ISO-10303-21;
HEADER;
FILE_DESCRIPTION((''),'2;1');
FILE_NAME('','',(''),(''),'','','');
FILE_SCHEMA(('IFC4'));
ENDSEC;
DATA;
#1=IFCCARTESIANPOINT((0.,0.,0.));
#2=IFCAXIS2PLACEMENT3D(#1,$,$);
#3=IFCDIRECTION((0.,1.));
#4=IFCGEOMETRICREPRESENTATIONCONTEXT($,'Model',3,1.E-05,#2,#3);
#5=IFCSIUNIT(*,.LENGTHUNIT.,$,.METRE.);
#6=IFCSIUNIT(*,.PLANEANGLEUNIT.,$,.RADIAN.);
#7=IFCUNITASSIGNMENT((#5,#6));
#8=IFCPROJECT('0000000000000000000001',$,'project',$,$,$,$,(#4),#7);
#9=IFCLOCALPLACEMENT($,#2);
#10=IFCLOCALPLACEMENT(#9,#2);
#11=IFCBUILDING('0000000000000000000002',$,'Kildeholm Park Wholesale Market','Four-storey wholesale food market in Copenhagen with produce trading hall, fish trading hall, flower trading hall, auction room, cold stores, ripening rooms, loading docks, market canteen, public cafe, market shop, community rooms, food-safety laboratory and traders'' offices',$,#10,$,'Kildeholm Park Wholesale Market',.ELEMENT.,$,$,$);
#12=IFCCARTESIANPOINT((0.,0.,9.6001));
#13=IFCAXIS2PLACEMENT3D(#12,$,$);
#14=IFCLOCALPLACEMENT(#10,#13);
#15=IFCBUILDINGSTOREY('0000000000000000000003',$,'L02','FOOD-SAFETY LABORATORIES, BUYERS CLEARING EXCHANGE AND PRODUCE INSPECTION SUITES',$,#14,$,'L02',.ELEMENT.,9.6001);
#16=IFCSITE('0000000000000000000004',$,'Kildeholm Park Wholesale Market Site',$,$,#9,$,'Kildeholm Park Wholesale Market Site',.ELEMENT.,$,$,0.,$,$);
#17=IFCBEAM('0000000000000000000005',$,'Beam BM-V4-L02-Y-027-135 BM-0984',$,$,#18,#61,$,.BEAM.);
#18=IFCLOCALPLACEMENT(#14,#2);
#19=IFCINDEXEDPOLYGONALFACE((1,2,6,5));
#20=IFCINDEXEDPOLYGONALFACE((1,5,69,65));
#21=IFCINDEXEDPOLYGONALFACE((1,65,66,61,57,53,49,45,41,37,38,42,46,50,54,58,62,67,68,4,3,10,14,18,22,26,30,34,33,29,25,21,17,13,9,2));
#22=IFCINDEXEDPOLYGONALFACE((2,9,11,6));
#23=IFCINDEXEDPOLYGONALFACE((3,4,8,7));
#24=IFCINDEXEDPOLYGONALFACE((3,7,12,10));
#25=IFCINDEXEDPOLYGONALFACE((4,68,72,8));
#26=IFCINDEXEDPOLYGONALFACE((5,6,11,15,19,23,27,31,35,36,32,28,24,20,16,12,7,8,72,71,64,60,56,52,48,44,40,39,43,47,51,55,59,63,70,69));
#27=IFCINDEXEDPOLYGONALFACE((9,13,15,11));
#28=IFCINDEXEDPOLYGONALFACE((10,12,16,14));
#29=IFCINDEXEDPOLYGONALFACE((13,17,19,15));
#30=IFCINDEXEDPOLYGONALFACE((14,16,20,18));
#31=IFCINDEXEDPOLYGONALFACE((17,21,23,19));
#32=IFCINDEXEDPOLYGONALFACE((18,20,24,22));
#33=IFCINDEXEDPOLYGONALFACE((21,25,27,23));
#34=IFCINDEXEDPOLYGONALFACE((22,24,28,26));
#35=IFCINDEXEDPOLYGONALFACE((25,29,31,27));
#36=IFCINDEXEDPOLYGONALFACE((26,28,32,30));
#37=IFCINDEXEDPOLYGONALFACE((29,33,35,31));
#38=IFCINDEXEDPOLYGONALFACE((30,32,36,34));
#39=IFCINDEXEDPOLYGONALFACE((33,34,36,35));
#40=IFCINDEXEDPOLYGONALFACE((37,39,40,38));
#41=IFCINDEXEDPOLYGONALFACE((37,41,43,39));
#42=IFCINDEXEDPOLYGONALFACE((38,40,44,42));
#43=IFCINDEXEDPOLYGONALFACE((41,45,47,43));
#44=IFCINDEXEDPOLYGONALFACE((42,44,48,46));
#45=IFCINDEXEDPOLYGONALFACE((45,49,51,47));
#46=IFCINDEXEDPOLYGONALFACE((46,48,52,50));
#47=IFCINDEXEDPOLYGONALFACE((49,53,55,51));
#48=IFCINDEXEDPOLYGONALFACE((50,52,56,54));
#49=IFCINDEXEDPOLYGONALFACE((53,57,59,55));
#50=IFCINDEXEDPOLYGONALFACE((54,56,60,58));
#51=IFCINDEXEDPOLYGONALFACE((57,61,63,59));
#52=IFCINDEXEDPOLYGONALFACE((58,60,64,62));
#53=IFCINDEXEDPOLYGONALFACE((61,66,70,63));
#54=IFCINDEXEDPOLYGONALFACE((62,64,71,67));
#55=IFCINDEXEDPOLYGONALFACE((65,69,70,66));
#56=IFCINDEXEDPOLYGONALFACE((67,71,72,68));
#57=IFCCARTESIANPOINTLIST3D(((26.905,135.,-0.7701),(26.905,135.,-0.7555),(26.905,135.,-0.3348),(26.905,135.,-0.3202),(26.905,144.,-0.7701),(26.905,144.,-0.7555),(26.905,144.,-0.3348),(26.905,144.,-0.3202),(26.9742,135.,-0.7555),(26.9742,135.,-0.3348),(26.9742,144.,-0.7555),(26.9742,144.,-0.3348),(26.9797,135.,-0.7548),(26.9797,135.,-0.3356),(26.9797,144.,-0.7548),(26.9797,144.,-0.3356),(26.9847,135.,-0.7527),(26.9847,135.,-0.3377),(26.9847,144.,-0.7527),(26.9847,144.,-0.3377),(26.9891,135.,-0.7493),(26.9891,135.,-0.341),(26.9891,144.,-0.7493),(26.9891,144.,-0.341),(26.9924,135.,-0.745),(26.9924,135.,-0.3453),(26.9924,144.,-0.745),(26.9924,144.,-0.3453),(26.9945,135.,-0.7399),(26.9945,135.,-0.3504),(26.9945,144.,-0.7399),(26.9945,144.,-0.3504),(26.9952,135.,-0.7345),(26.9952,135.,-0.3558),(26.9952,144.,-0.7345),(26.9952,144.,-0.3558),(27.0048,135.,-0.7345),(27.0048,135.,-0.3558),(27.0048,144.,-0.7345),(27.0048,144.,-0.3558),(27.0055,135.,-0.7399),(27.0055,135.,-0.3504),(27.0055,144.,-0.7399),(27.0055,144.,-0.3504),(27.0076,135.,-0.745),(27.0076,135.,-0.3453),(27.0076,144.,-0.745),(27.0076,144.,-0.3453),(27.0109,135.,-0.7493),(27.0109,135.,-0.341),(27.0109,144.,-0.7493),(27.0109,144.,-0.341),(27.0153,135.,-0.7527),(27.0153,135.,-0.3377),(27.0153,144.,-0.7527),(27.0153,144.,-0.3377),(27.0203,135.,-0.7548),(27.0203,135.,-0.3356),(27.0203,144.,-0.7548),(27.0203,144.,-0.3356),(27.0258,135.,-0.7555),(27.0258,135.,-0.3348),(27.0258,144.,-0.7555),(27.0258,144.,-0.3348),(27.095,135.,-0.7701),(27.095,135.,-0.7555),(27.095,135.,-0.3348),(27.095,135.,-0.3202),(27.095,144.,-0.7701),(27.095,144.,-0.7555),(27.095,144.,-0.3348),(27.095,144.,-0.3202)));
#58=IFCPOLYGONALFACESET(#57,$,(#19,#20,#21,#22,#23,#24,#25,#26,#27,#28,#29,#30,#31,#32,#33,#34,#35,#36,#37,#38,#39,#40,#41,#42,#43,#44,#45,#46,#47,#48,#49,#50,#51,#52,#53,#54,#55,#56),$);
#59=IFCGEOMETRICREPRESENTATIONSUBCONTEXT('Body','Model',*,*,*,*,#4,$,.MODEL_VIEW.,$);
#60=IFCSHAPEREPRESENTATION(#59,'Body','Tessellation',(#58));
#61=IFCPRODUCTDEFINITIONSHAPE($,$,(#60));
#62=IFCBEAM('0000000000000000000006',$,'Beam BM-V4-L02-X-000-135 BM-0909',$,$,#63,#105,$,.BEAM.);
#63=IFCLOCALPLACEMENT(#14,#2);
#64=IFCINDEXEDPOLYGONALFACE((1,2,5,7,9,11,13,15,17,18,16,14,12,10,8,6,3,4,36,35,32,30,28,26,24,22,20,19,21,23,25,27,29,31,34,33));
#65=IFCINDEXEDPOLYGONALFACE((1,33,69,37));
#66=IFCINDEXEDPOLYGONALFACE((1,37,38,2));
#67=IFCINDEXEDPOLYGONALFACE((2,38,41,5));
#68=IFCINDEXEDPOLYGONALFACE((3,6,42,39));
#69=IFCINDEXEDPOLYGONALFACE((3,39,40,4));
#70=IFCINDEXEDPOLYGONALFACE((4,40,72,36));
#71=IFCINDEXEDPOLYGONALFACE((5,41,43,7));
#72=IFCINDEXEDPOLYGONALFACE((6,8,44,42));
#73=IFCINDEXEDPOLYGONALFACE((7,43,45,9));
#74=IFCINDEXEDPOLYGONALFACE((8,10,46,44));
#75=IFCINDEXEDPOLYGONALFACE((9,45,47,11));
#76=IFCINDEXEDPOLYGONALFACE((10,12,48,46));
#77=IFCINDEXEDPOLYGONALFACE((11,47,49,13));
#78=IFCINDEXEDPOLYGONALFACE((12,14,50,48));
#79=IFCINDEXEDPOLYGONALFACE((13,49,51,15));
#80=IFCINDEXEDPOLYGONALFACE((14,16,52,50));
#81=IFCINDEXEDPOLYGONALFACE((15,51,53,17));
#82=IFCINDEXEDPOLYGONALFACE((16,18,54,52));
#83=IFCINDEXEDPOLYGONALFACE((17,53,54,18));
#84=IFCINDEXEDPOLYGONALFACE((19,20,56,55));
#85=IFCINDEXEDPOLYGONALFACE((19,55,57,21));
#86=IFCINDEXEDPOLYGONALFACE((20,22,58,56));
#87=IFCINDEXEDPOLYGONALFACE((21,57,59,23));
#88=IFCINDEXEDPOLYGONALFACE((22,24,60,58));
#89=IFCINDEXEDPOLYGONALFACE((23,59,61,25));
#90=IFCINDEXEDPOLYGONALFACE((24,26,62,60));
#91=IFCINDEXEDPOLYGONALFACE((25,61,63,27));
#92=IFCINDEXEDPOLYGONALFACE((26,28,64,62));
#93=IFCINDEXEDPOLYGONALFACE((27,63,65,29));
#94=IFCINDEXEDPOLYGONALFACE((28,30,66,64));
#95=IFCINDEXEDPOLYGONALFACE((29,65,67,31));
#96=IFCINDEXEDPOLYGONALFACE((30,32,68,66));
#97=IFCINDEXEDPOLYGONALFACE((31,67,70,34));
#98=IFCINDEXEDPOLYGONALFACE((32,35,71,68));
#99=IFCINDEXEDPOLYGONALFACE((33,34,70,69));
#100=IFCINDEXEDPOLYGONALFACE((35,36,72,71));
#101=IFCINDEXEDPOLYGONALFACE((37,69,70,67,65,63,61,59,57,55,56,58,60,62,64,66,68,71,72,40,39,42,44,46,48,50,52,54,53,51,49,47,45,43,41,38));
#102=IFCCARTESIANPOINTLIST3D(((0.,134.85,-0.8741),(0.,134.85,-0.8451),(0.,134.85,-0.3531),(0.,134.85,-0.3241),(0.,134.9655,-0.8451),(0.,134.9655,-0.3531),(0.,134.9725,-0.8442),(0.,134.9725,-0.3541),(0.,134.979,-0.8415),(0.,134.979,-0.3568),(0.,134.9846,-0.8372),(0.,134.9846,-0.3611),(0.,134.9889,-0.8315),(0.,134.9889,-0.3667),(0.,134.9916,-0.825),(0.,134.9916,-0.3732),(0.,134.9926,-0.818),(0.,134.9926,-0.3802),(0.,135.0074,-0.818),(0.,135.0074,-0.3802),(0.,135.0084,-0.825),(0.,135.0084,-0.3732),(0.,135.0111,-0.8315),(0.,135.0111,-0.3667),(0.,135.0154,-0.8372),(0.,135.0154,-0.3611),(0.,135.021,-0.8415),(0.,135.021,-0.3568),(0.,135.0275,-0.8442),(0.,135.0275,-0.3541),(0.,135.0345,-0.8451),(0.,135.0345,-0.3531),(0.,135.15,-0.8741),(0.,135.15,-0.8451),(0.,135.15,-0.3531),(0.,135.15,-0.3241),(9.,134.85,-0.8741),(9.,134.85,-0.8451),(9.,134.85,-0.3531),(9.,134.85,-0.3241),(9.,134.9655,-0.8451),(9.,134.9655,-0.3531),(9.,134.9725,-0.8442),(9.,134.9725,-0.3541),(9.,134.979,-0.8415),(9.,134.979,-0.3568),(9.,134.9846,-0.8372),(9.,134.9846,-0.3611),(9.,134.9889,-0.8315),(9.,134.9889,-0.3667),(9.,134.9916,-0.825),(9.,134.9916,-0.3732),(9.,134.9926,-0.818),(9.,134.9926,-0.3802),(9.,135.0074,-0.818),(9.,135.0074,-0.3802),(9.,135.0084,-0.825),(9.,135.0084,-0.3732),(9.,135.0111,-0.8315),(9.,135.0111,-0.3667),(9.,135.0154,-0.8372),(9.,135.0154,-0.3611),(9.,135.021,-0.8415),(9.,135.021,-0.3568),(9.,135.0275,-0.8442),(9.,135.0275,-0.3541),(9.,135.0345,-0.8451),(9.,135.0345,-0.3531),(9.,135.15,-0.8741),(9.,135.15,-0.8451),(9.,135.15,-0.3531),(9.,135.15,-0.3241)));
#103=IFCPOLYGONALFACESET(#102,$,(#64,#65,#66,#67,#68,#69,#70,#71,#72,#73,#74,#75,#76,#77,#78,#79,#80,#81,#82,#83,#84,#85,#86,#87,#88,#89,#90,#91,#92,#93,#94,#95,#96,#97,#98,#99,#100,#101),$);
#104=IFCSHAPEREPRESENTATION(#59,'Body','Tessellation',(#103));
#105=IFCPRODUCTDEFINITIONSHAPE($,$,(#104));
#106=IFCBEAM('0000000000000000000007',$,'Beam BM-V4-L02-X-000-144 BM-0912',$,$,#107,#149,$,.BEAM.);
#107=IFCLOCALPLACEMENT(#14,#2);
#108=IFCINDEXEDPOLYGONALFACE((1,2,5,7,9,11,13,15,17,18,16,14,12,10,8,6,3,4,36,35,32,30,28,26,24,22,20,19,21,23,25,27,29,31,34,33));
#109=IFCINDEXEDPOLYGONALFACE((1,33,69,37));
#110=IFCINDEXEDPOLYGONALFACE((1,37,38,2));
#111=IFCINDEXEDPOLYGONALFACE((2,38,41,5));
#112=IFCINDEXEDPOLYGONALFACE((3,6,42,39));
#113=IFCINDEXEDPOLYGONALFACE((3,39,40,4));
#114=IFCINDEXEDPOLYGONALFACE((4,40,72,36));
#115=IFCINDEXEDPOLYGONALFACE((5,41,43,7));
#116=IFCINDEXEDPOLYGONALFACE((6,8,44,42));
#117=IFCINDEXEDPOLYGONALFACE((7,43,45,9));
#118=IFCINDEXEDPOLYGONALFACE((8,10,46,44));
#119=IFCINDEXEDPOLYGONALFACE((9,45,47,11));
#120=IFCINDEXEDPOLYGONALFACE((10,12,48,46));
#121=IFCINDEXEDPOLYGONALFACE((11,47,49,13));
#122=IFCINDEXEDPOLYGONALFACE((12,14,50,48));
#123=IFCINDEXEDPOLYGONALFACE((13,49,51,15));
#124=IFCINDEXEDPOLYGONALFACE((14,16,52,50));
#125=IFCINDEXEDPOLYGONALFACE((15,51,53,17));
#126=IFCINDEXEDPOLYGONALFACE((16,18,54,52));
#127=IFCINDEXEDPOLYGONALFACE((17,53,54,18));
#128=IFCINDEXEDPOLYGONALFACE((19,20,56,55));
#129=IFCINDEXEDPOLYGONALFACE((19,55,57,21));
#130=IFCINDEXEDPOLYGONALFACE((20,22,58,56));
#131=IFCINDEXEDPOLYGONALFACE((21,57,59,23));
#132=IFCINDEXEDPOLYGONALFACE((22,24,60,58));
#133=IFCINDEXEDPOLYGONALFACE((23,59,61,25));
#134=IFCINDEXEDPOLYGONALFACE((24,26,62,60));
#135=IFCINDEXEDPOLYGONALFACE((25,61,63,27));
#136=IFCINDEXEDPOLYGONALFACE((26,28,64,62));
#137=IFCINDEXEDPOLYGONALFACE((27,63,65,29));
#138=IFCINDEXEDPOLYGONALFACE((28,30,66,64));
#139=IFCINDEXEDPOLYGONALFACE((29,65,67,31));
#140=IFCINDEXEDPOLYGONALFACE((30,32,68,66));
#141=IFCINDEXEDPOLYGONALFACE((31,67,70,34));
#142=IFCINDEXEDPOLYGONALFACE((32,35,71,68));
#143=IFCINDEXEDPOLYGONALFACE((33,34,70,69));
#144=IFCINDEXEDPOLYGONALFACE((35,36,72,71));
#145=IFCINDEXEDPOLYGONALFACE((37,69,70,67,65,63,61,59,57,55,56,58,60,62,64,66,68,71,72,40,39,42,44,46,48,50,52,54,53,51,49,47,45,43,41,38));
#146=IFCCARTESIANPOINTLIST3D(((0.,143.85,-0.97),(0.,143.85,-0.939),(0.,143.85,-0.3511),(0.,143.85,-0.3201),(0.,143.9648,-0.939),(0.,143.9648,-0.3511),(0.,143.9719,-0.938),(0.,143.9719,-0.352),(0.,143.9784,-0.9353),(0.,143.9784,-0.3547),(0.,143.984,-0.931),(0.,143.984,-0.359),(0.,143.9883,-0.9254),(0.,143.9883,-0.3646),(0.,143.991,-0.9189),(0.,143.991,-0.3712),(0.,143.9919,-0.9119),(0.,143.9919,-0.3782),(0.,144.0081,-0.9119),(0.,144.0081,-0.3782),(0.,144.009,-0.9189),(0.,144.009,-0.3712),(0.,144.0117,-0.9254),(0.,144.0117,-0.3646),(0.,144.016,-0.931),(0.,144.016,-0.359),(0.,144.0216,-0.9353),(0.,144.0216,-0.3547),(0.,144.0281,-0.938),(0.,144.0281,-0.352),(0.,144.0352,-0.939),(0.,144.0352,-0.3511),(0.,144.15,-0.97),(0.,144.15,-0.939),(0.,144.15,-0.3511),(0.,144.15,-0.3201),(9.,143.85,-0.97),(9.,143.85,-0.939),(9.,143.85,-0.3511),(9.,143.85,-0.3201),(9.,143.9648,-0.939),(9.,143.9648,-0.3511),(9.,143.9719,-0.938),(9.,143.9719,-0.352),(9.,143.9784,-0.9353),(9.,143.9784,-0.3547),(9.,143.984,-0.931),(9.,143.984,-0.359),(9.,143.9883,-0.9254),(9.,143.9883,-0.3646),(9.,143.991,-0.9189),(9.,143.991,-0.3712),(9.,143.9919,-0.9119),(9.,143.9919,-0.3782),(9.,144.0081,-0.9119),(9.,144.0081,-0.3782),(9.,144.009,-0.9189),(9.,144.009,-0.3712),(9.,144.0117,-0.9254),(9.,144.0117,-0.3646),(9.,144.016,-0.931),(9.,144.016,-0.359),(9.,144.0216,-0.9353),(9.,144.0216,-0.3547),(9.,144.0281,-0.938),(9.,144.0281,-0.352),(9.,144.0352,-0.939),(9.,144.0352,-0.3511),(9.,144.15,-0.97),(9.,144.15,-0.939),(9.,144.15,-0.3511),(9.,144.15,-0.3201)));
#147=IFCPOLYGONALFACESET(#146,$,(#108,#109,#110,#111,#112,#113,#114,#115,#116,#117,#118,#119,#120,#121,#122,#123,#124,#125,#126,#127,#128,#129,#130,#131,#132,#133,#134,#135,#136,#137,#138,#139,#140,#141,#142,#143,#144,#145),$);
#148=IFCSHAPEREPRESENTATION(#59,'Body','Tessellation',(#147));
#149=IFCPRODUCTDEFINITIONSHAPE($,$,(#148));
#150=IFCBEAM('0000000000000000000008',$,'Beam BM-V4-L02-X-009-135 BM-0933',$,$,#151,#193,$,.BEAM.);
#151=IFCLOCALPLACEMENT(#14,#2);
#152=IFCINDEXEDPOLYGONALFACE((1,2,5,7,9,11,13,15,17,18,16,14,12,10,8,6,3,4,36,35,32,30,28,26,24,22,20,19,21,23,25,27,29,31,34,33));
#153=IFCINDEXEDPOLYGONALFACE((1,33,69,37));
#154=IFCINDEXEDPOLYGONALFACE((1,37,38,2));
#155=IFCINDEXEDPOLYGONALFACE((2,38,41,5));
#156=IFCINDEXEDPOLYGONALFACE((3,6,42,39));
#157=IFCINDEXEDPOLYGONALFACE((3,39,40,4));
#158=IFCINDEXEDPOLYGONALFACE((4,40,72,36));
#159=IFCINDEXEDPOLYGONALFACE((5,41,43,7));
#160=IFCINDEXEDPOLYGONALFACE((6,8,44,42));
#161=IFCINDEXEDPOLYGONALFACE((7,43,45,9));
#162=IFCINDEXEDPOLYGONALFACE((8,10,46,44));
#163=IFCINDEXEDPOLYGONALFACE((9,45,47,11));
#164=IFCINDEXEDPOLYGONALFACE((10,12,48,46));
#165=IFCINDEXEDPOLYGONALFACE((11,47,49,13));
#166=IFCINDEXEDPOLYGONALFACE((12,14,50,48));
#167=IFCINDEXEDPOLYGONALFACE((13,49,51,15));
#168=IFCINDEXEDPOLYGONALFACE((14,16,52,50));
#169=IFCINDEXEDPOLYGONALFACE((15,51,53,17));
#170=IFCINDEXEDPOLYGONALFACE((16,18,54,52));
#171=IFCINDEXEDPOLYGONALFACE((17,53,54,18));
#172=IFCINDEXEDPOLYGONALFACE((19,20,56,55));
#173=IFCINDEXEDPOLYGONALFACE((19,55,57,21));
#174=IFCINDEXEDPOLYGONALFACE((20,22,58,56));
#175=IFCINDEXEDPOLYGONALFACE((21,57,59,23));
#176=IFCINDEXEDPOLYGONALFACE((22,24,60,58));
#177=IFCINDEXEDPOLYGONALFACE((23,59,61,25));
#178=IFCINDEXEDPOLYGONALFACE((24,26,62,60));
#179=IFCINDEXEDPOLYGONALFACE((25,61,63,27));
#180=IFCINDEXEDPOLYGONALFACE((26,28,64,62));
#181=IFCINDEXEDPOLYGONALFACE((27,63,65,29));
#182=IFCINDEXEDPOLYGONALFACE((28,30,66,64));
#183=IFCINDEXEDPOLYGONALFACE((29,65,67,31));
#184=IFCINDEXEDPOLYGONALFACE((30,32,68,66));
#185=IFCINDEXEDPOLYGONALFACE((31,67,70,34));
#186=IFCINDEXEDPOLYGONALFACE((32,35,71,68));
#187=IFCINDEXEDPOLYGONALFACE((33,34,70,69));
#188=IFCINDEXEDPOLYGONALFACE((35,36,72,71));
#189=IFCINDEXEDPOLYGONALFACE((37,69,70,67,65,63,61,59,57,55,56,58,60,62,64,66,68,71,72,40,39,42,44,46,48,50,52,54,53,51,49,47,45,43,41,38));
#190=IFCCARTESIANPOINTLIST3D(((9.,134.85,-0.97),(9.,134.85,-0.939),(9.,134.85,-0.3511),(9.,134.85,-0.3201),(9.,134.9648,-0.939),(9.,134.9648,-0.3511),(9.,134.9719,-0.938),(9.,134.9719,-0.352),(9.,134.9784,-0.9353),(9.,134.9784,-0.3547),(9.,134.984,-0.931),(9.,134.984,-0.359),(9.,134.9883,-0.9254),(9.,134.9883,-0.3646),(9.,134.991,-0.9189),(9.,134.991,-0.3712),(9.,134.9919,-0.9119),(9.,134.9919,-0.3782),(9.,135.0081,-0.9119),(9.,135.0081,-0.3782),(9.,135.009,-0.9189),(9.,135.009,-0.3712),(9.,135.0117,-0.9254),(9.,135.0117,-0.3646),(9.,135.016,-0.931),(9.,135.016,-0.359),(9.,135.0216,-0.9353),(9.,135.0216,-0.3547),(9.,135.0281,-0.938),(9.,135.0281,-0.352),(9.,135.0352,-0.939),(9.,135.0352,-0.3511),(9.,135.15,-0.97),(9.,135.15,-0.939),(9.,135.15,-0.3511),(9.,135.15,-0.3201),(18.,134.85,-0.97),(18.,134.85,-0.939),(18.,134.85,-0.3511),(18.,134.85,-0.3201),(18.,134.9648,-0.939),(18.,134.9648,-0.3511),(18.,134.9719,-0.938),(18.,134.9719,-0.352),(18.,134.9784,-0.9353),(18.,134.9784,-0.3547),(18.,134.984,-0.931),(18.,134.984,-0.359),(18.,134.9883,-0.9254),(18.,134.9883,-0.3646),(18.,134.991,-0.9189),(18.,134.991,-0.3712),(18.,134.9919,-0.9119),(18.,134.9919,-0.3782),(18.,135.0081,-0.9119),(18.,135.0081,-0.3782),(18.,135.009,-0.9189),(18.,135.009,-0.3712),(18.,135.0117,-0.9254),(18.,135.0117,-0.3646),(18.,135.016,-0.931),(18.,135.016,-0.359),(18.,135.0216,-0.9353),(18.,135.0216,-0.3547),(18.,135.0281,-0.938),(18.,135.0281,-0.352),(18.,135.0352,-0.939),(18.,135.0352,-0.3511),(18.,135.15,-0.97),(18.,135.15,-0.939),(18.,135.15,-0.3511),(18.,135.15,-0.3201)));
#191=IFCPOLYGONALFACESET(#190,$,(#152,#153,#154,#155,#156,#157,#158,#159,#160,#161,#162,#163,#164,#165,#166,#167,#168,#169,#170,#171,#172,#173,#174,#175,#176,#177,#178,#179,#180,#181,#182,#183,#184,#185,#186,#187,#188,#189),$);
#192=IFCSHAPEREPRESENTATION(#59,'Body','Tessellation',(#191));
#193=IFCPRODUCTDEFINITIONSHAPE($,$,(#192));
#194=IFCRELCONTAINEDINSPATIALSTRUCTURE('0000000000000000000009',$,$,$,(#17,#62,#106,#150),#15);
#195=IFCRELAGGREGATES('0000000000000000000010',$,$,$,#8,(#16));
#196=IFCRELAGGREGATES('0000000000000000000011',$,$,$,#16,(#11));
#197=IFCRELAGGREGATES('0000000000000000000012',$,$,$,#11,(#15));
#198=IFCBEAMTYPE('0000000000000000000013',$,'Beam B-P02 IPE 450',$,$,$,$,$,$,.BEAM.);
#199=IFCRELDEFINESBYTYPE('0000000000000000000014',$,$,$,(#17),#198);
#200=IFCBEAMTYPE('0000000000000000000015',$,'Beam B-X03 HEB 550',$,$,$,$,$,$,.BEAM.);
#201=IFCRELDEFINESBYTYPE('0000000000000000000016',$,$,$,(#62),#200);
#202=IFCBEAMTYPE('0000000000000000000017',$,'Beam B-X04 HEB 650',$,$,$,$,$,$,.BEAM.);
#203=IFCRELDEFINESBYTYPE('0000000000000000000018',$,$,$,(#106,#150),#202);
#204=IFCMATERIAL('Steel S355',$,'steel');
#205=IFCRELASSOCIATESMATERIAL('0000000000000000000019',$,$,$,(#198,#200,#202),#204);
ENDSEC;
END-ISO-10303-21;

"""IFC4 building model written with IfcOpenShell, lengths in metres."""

from ifc_helpers import new_model, si_unit, direction, frame, origin, origin_2d, place, context, subcontext, project, spatial, i_section, extrude, material, material_profile, profile_set, type_object, element, save


model = new_model("IFC4")

# Units and contexts
model_context = context("Model", 3, precision=1e-05, world=origin(), true_north=direction((0.0, 1.0)))
body_context = subcontext(model_context, "Body", "Model", "MODEL_VIEW")
ifc_project = project(units=[si_unit("LENGTHUNIT", "METRE"), si_unit("PLANEANGLEUNIT", "RADIAN")], contexts=[model_context])

# Site, building, storey
site_placement = place(None, origin())
site = spatial("IfcSite", under=ifc_project, at=site_placement, Name="Kildeholm Park Wholesale Market Site", LongName="Kildeholm Park Wholesale Market Site", CompositionType="ELEMENT", RefElevation=0.0)
building_placement = place(site_placement, origin())
building = spatial("IfcBuilding", under=site, at=building_placement, Name="Kildeholm Park Wholesale Market", Description="Four-storey wholesale food market in Copenhagen with produce trading hall, fish trading hall, flower trading hall, auction room, cold stores, ripening rooms, loading docks, market canteen, public cafe, market shop, community rooms, food-safety laboratory and traders' offices", LongName="Kildeholm Park Wholesale Market", CompositionType="ELEMENT")
storey_placement = place(building_placement, frame((0.0, 0.0, 9.6001)))
storey = spatial("IfcBuildingStorey", under=building, at=storey_placement, Name="L02", Description="FOOD-SAFETY LABORATORIES, BUYERS CLEARING EXCHANGE AND PRODUCE INSPECTION SUITES", LongName="L02", CompositionType="ELEMENT", Elevation=9.6001)

# Beams
ifc_material_1 = material(Name="Steel S355", Category="steel")
ifc_material_profile_1 = material_profile(ifc_material_1, i_section(OverallWidth=0.1899, OverallDepth=0.45, WebThickness=0.0095, FlangeThickness=0.0146, FilletRadius=0.021, at=origin_2d()), Name="IPE 450")
ifc_profile_set_1 = profile_set([ifc_material_profile_1], Name="Steel S355")
beam_type_1 = type_object("IfcBeamType", Name="Beam B-P02 IPE 450", PredefinedType="BEAM", material=ifc_profile_set_1)
for number, where, z_axis, x_axis, name in (
    (1, (27.0, 135.0, -0.5452), (0.0, 1.0, 0.0), (-1.0, 0.0, 0.0), "Beam BM-V4-L02-Y-027-135 BM-0984"),
):
    element("IfcBeam", number, at=place(storey_placement, frame(where, z_axis=z_axis, x_axis=x_axis)), inside=storey, type_object=beam_type_1, Name=name, PredefinedType="BEAM", context=body_context, shape_type="SweptSolid", body=[
        extrude(i_section(OverallWidth=0.1899, OverallDepth=0.45, WebThickness=0.0095, FlangeThickness=0.0146, FilletRadius=0.021, at=origin_2d()), origin(), (0.0, 0.0, 1.0), 9.0),
    ])
ifc_material_profile_2 = material_profile(ifc_material_1, i_section(OverallWidth=0.3, OverallDepth=0.55, WebThickness=0.0149, FlangeThickness=0.0291, FilletRadius=0.0271, at=origin_2d()), Name="HEB 550")
ifc_profile_set_2 = profile_set([ifc_material_profile_2], Name="Steel S355")
beam_type_2 = type_object("IfcBeamType", Name="Beam B-X03 HEB 550", PredefinedType="BEAM", material=ifc_profile_set_2)
beam_1_placement = place(storey_placement, frame((0.0, 135.0, -0.5991), z_axis=(1.0, 0.0, 0.0), x_axis=(0.0, 1.0, 0.0)))
element("IfcBeam", 2, at=beam_1_placement, inside=storey, type_object=beam_type_2, Name="Beam BM-V4-L02-X-000-135 BM-0909", PredefinedType="BEAM", context=body_context, shape_type="SweptSolid", body=[
    extrude(i_section(OverallWidth=0.3, OverallDepth=0.55, WebThickness=0.0149, FlangeThickness=0.0291, FilletRadius=0.0271, at=origin_2d()), origin(), (0.0, 0.0, 1.0), 9.0),
])
ifc_material_profile_3 = material_profile(ifc_material_1, i_section(OverallWidth=0.3, OverallDepth=0.6499, WebThickness=0.0161, FlangeThickness=0.031, FilletRadius=0.0271, at=origin_2d()), Name="HEB 650")
ifc_profile_set_3 = profile_set([ifc_material_profile_3], Name="Steel S355")
beam_type_3 = type_object("IfcBeamType", Name="Beam B-X04 HEB 650", PredefinedType="BEAM", material=ifc_profile_set_3)
for number, where, z_axis, x_axis, name in (
    (3, (0.0, 144.0, -0.645), (1.0, 0.0, 0.0), (0.0, 1.0, 0.0), "Beam BM-V4-L02-X-000-144 BM-0912"),
    (4, (9.0, 135.0, -0.645), (1.0, 0.0, 0.0), (0.0, 1.0, 0.0), "Beam BM-V4-L02-X-009-135 BM-0933"),
):
    element("IfcBeam", number, at=place(storey_placement, frame(where, z_axis=z_axis, x_axis=x_axis)), inside=storey, type_object=beam_type_3, Name=name, PredefinedType="BEAM", context=body_context, shape_type="SweptSolid", body=[
        extrude(i_section(OverallWidth=0.3, OverallDepth=0.6499, WebThickness=0.0161, FlangeThickness=0.031, FilletRadius=0.0271, at=origin_2d()), origin(), (0.0, 0.0, 1.0), 9.0),
    ])

save(model, "model.ifc")
